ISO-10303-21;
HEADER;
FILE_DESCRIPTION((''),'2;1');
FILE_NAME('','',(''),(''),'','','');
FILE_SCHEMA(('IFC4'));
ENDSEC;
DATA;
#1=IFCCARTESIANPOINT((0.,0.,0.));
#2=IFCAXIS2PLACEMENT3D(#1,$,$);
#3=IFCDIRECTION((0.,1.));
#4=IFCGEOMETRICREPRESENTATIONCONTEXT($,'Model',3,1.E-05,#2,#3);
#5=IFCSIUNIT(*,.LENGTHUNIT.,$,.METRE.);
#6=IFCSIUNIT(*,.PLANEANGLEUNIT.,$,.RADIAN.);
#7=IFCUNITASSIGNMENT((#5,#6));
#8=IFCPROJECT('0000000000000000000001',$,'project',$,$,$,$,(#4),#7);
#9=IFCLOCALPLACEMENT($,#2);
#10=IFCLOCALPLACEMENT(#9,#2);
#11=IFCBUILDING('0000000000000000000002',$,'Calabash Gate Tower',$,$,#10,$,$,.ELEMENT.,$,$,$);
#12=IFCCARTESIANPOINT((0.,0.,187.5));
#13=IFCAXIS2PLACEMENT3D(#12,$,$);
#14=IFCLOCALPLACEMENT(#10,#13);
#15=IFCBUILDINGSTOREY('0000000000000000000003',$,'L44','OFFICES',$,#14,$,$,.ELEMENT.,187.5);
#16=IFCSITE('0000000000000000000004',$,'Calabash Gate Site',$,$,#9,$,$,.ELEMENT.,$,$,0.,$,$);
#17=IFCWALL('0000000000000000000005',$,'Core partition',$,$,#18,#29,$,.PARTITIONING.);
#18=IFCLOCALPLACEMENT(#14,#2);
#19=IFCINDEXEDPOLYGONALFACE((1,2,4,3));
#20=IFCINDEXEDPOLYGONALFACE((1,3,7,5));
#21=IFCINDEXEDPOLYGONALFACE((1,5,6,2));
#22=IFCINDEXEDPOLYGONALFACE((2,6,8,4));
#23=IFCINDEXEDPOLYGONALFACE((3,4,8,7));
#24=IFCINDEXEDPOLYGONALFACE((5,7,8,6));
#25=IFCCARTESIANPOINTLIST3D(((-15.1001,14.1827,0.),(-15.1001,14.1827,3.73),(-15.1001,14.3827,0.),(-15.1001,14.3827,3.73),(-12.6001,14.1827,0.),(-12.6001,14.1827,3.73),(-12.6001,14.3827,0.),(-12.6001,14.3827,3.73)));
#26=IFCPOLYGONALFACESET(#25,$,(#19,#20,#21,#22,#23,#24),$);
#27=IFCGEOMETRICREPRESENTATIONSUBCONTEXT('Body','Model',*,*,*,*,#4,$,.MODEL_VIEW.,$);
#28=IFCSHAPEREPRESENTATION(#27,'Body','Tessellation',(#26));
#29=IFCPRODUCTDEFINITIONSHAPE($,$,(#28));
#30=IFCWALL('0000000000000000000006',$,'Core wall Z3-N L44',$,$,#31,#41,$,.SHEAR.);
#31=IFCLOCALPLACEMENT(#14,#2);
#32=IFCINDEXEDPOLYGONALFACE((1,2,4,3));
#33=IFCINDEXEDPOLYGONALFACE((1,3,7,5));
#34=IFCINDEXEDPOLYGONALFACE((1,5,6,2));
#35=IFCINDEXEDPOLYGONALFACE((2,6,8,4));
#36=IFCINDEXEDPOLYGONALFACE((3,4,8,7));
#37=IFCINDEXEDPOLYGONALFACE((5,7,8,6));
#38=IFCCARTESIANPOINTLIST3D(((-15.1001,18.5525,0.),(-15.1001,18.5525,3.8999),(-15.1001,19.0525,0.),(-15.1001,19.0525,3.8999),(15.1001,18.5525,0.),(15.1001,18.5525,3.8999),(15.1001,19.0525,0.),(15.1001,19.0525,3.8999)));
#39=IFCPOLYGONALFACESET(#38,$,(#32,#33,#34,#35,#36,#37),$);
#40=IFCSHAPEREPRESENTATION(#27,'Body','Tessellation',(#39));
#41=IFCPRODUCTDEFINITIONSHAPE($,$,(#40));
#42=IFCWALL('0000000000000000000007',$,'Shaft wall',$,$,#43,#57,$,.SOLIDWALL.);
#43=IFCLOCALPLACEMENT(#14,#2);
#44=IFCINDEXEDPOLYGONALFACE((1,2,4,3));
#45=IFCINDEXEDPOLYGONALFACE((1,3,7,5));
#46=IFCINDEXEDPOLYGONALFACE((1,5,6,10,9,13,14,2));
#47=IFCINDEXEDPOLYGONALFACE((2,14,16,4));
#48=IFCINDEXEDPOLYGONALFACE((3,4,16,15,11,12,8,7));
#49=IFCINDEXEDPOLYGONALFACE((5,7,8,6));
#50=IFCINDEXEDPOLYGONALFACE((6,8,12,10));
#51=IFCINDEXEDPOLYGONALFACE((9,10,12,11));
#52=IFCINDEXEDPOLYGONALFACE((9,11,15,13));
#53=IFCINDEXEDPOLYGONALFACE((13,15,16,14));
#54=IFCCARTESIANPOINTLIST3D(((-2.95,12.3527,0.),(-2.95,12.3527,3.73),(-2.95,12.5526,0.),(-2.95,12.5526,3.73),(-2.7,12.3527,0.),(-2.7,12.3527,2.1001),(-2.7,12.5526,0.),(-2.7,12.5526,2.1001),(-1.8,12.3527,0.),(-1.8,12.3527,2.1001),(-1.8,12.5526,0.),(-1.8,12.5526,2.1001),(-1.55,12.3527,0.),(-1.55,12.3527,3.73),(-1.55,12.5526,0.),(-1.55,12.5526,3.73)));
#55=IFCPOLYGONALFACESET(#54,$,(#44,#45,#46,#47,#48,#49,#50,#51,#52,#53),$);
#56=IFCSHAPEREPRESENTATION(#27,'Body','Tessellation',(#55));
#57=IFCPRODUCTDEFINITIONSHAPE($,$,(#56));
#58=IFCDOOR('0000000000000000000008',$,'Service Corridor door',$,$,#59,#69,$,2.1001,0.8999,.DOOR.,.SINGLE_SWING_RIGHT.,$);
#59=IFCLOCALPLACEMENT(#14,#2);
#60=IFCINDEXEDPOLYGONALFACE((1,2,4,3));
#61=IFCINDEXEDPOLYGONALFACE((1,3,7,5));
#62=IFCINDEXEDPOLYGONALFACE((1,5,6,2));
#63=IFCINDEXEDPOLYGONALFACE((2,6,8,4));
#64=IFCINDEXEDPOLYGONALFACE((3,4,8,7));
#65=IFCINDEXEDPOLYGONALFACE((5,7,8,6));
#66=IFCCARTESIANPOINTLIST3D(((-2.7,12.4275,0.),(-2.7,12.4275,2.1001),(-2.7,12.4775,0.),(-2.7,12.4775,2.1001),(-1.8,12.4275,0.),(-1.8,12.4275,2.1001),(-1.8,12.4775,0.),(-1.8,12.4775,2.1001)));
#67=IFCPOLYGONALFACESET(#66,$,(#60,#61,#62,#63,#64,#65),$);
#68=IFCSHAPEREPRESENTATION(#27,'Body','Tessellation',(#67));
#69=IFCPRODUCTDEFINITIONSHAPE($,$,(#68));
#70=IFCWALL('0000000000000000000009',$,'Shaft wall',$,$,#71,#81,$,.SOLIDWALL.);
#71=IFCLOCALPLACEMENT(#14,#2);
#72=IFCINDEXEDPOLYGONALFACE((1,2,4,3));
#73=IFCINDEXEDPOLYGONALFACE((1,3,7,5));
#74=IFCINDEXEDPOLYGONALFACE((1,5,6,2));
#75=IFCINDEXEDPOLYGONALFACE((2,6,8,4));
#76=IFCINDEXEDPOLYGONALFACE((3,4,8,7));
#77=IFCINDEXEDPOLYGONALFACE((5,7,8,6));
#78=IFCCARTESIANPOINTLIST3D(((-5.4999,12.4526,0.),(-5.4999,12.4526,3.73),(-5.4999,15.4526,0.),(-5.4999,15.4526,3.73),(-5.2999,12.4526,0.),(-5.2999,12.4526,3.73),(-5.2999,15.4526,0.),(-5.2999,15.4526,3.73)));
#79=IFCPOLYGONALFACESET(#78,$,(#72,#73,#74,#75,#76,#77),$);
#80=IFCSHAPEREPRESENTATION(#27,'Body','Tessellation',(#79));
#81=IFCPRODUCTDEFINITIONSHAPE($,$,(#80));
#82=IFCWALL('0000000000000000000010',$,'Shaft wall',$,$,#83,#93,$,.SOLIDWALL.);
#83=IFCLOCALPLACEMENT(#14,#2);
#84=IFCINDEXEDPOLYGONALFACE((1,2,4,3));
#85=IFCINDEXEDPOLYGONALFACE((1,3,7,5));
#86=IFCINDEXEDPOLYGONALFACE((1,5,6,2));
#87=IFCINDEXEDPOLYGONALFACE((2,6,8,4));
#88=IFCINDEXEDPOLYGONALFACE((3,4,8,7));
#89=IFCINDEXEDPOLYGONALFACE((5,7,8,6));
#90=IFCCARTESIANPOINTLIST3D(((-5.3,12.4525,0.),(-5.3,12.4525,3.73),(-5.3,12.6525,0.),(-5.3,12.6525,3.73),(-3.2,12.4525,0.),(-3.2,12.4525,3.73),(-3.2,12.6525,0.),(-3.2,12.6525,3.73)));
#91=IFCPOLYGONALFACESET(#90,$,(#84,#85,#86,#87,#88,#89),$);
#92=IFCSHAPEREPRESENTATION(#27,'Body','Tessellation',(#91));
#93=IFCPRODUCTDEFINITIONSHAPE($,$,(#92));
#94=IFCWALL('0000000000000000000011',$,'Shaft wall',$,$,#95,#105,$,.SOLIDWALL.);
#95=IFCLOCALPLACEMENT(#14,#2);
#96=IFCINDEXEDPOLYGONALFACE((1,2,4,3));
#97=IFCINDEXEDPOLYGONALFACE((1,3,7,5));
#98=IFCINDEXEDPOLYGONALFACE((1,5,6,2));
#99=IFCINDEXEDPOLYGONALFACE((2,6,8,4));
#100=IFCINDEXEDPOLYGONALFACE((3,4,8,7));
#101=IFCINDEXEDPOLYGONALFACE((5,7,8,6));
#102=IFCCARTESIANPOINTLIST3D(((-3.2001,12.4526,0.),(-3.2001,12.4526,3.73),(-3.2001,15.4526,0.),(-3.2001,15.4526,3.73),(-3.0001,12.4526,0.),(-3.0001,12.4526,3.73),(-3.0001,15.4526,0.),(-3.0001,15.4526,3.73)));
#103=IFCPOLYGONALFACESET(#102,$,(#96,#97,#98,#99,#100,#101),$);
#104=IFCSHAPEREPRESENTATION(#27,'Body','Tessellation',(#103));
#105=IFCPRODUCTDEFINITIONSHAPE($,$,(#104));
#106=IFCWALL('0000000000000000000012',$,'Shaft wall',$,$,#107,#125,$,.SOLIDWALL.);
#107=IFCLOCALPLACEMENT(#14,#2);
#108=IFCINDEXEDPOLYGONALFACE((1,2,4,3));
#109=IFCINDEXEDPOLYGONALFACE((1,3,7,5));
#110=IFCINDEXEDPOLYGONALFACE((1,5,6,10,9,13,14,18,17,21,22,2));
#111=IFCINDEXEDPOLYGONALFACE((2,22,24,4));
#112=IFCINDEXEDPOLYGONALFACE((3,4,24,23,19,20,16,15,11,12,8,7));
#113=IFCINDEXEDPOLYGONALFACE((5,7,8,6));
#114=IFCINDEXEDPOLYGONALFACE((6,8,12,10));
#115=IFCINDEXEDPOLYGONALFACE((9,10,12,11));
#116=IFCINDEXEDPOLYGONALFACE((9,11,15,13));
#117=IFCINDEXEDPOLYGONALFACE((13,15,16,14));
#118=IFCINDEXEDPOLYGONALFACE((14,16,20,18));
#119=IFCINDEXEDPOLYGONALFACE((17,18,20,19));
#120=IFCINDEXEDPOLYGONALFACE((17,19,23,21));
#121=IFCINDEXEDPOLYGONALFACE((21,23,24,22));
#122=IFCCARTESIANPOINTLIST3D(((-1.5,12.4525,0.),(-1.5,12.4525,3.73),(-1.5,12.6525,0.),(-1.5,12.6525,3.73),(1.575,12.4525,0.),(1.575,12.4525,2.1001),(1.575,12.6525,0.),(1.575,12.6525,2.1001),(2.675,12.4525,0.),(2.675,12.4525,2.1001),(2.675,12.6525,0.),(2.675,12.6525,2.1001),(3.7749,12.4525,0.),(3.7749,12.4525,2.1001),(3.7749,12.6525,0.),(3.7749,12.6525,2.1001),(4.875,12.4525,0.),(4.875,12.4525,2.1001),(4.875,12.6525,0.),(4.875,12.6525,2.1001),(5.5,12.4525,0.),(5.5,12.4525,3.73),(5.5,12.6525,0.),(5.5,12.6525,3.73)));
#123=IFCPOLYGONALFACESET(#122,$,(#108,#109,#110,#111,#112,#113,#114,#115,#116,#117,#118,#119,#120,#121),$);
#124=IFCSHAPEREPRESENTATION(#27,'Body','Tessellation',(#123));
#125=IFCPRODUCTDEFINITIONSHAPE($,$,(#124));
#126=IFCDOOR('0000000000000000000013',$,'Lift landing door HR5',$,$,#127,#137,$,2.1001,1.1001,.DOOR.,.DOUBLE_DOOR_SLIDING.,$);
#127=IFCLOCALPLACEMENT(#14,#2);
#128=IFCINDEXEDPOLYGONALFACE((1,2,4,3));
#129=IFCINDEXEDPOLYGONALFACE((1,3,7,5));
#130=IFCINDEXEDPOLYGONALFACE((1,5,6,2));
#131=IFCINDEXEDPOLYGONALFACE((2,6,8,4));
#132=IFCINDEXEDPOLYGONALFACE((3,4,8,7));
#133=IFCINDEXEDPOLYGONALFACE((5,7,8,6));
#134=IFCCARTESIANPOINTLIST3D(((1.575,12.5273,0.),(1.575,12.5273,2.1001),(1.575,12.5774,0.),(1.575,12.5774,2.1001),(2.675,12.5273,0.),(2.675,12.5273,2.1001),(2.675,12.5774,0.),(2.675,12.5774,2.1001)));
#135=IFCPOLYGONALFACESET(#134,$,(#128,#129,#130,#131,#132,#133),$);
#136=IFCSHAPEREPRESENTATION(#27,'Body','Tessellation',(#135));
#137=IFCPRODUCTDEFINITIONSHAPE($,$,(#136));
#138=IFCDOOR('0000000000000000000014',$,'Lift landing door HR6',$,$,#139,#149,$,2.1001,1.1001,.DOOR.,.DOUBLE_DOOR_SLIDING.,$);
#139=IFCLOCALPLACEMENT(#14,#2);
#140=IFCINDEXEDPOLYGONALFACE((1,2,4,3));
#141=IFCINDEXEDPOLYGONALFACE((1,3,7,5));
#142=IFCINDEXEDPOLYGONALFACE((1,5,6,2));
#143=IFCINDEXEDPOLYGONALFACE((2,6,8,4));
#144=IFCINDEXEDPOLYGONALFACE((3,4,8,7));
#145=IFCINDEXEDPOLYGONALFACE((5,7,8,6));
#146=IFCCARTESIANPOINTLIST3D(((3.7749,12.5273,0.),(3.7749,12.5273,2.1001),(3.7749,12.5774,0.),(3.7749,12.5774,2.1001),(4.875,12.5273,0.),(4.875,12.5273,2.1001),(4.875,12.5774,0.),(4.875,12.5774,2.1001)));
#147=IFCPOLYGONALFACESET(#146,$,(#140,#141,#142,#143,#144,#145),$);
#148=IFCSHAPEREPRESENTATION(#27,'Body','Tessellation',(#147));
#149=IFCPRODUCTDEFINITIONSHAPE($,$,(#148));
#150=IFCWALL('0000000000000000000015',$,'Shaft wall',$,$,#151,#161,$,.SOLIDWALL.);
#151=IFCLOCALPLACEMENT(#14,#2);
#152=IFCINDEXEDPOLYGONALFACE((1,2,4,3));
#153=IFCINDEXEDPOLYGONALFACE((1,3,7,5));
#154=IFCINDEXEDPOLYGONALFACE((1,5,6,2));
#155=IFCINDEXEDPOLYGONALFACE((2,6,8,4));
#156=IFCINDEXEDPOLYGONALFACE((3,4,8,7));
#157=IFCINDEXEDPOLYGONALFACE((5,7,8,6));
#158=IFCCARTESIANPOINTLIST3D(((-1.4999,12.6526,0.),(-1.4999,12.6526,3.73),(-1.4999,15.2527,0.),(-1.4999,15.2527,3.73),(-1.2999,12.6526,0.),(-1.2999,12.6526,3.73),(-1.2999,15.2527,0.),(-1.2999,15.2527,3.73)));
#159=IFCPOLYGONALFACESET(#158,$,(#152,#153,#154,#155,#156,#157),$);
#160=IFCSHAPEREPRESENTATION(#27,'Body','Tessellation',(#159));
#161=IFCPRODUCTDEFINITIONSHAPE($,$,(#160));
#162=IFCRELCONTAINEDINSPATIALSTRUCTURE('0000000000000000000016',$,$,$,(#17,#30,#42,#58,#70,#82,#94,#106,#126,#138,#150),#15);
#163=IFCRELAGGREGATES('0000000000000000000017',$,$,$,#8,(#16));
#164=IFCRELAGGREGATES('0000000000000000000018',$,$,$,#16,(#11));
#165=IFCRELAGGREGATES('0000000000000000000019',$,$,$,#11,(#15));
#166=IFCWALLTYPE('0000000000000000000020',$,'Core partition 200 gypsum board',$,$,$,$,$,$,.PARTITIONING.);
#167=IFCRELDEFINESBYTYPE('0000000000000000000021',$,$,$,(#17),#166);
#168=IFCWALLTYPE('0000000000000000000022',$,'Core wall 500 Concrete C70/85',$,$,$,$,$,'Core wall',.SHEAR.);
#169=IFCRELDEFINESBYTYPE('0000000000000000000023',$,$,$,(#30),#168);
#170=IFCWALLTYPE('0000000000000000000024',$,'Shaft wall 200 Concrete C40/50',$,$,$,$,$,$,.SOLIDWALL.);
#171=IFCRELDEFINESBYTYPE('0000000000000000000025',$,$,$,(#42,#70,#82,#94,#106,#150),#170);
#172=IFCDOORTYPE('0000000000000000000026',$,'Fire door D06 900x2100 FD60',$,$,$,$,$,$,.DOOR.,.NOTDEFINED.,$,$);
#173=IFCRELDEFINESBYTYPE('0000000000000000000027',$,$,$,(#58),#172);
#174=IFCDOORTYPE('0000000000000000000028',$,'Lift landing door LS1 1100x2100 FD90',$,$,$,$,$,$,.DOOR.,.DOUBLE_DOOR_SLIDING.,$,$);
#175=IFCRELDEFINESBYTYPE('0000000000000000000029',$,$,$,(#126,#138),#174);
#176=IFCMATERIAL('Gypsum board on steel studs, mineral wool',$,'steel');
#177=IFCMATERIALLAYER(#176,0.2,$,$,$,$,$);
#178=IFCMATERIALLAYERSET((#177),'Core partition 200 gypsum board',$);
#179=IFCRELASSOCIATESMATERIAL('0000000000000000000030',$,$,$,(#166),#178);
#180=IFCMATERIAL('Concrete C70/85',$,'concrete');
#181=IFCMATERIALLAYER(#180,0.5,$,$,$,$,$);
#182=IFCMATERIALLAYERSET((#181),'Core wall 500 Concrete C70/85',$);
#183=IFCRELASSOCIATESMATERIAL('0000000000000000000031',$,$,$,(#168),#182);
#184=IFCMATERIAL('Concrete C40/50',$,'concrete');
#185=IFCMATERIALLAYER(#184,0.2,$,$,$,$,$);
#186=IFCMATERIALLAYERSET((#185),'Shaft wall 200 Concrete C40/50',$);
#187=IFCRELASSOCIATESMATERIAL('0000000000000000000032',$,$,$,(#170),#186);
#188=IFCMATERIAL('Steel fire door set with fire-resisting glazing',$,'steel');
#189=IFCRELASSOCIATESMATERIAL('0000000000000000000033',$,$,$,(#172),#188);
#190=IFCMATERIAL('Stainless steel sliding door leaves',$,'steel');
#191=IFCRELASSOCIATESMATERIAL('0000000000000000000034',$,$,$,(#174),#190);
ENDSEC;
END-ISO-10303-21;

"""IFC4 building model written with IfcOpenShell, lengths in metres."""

from ifc_helpers import new_model, si_unit, direction, frame, frame_2d, origin, place, context, subcontext, project, spatial, rectangle, extrude, material, layer, layer_set, type_object, element, fill, save


model = new_model("IFC4")

# Units and contexts
model_context = context("Model", 3, precision=1e-05, world=origin(), true_north=direction((0.0, 1.0)))
body_context = subcontext(model_context, "Body", "Model", "MODEL_VIEW")
ifc_project = project(units=[si_unit("LENGTHUNIT", "METRE"), si_unit("PLANEANGLEUNIT", "RADIAN")], contexts=[model_context])

# Site, building, storey
site_placement = place(None, origin())
site = spatial("IfcSite", under=ifc_project, at=site_placement, Name="Calabash Gate Site", CompositionType="ELEMENT", RefElevation=0.0)
building_placement = place(site_placement, origin())
building = spatial("IfcBuilding", under=site, at=building_placement, Name="Calabash Gate Tower", CompositionType="ELEMENT")
storey_placement = place(building_placement, frame((0.0, 0.0, 187.5)))
storey = spatial("IfcBuildingStorey", under=building, at=storey_placement, Name="L44", Description="OFFICES", CompositionType="ELEMENT", Elevation=187.5)

# Walls
ifc_material_1 = material(Name="Gypsum board on steel studs, mineral wool", Category="steel")
ifc_layer_1 = layer(ifc_material_1, 0.2)
ifc_layer_set_1 = layer_set([ifc_layer_1], Name="Core partition 200 gypsum board")
wall_type_1 = type_object("IfcWallType", Name="Core partition 200 gypsum board", PredefinedType="PARTITIONING", material=ifc_layer_set_1)
wall_1_placement = place(storey_placement, frame((-15.1001, 14.2827, 0.0), z_axis=(0.0, 0.0, 1.0), x_axis=(1.0, 0.0, 0.0)))
element("IfcWall", 1, at=wall_1_placement, inside=storey, type_object=wall_type_1, Name="Core partition", PredefinedType="PARTITIONING", context=body_context, shape_type="SweptSolid", body=[
    extrude(rectangle(XDim=2.5, YDim=0.2, at=frame_2d((1.25, 0.0))), origin(), (0.0, 0.0, 1.0), 3.73),
])
ifc_material_2 = material(Name="Concrete C70/85", Category="concrete")
ifc_layer_2 = layer(ifc_material_2, 0.5)
ifc_layer_set_2 = layer_set([ifc_layer_2], Name="Core wall 500 Concrete C70/85")
wall_type_2 = type_object("IfcWallType", Name="Core wall 500 Concrete C70/85", ElementType="Core wall", PredefinedType="SHEAR", material=ifc_layer_set_2)
wall_2_placement = place(storey_placement, frame((-15.1001, 18.8025, 0.0), z_axis=(0.0, 0.0, 1.0), x_axis=(1.0, 0.0, 0.0)))
element("IfcWall", 2, at=wall_2_placement, inside=storey, type_object=wall_type_2, Name="Core wall Z3-N L44", PredefinedType="SHEAR", context=body_context, shape_type="SweptSolid", body=[
    extrude(rectangle(XDim=30.2002, YDim=0.5, at=frame_2d((15.1001, 0.0))), origin(), (0.0, 0.0, 1.0), 3.8999),
])

# Wall, opening, door
ifc_material_3 = material(Name="Concrete C40/50", Category="concrete")
ifc_layer_3 = layer(ifc_material_3, 0.2)
ifc_layer_set_3 = layer_set([ifc_layer_3], Name="Shaft wall 200 Concrete C40/50")
wall_type_3 = type_object("IfcWallType", Name="Shaft wall 200 Concrete C40/50", PredefinedType="SOLIDWALL", material=ifc_layer_set_3)
wall_3_placement = place(storey_placement, frame((-2.95, 12.4526, 0.0), z_axis=(0.0, 0.0, 1.0), x_axis=(1.0, 0.0, 0.0)))
wall_3 = element("IfcWall", 3, at=wall_3_placement, inside=storey, type_object=wall_type_3, Name="Shaft wall", PredefinedType="SOLIDWALL", context=body_context, shape_type="SweptSolid", body=[
    extrude(rectangle(XDim=1.3999, YDim=0.2, at=frame_2d((0.7, 0.0))), origin(), (0.0, 0.0, 1.0), 3.73),
])
opening_1_placement = place(wall_3_placement, frame((0.25, 0.0, 0.0)))
opening_1 = element("IfcOpeningElement", 4, at=opening_1_placement, cuts=wall_3, PredefinedType="OPENING", context=body_context, shape_type="SweptSolid", body=[
    extrude(rectangle(XDim=0.8999, YDim=2.1001, at=frame_2d((0.45, 1.05))), frame((0.0, 0.1099, 0.0), z_axis=(0.0, -1.0, 0.0), x_axis=(1.0, 0.0, 0.0)), (0.0, 0.0, 1.0), 0.22),
])
ifc_material_4 = material(Name="Steel fire door set with fire-resisting glazing", Category="steel")
door_type_1 = type_object("IfcDoorType", Name="Fire door D06 900x2100 FD60", OperationType="NOTDEFINED", PredefinedType="DOOR", material=ifc_material_4)
door_1_placement = place(opening_1_placement, origin())
door_1 = element("IfcDoor", 5, at=door_1_placement, inside=storey, type_object=door_type_1, Name="Service Corridor door", OperationType="SINGLE_SWING_RIGHT", OverallHeight=2.1001, OverallWidth=0.8999, PredefinedType="DOOR", context=body_context, shape_type="SweptSolid", body=[
    extrude(rectangle(XDim=0.8999, YDim=2.1001, at=frame_2d((0.45, 1.05))), frame((0.0, 0.0249, 0.0), z_axis=(0.0, -1.0, 0.0), x_axis=(1.0, 0.0, 0.0)), (0.0, 0.0, 1.0), 0.05),
])
fill(opening_1, door_1)

# Walls
wall_4_placement = place(storey_placement, frame((-5.3999, 12.4526, 0.0), z_axis=(0.0, 0.0, 1.0), x_axis=(0.0, 1.0, 0.0)))
element("IfcWall", 6, at=wall_4_placement, inside=storey, type_object=wall_type_3, Name="Shaft wall", PredefinedType="SOLIDWALL", context=body_context, shape_type="SweptSolid", body=[
    extrude(rectangle(XDim=3.0, YDim=0.2, at=frame_2d((1.5, 0.0))), origin(), (0.0, 0.0, 1.0), 3.73),
])
wall_5_placement = place(storey_placement, frame((-5.3, 12.5525, 0.0), z_axis=(0.0, 0.0, 1.0), x_axis=(1.0, 0.0, 0.0)))
element("IfcWall", 7, at=wall_5_placement, inside=storey, type_object=wall_type_3, Name="Shaft wall", PredefinedType="SOLIDWALL", context=body_context, shape_type="SweptSolid", body=[
    extrude(rectangle(XDim=2.1001, YDim=0.2, at=frame_2d((1.05, 0.0))), origin(), (0.0, 0.0, 1.0), 3.73),
])
wall_6_placement = place(storey_placement, frame((-3.1001, 12.4526, 0.0), z_axis=(0.0, 0.0, 1.0), x_axis=(0.0, 1.0, 0.0)))
element("IfcWall", 8, at=wall_6_placement, inside=storey, type_object=wall_type_3, Name="Shaft wall", PredefinedType="SOLIDWALL", context=body_context, shape_type="SweptSolid", body=[
    extrude(rectangle(XDim=3.0, YDim=0.2, at=frame_2d((1.5, 0.0))), origin(), (0.0, 0.0, 1.0), 3.73),
])

# Wall, openings, doors
wall_7_placement = place(storey_placement, frame((-1.5, 12.5525, 0.0), z_axis=(0.0, 0.0, 1.0), x_axis=(1.0, 0.0, 0.0)))
wall_7 = element("IfcWall", 9, at=wall_7_placement, inside=storey, type_object=wall_type_3, Name="Shaft wall", PredefinedType="SOLIDWALL", context=body_context, shape_type="SweptSolid", body=[
    extrude(rectangle(XDim=7.0, YDim=0.2, at=frame_2d((3.5, 0.0))), origin(), (0.0, 0.0, 1.0), 3.73),
])
opening_2_placement = place(wall_7_placement, frame((3.075, 0.0, 0.0)))
opening_2 = element("IfcOpeningElement", 10, at=opening_2_placement, cuts=wall_7, PredefinedType="OPENING", context=body_context, shape_type="SweptSolid", body=[
    extrude(rectangle(XDim=1.1001, YDim=2.1001, at=frame_2d((0.55, 1.05))), frame((0.0, 0.1099, 0.0), z_axis=(0.0, -1.0, 0.0), x_axis=(1.0, 0.0, 0.0)), (0.0, 0.0, 1.0), 0.22),
])
opening_3_placement = place(wall_7_placement, frame((5.2749, 0.0, 0.0)))
opening_3 = element("IfcOpeningElement", 11, at=opening_3_placement, cuts=wall_7, PredefinedType="OPENING", context=body_context, shape_type="SweptSolid", body=[
    extrude(rectangle(XDim=1.1001, YDim=2.1001, at=frame_2d((0.55, 1.05))), frame((0.0, 0.1099, 0.0), z_axis=(0.0, -1.0, 0.0), x_axis=(1.0, 0.0, 0.0)), (0.0, 0.0, 1.0), 0.22),
])
ifc_material_5 = material(Name="Stainless steel sliding door leaves", Category="steel")
door_type_2 = type_object("IfcDoorType", Name="Lift landing door LS1 1100x2100 FD90", OperationType="DOUBLE_DOOR_SLIDING", PredefinedType="DOOR", material=ifc_material_5)
door_2_placement = place(opening_2_placement, origin())
door_2 = element("IfcDoor", 12, at=door_2_placement, inside=storey, type_object=door_type_2, Name="Lift landing door HR5", OperationType="DOUBLE_DOOR_SLIDING", OverallHeight=2.1001, OverallWidth=1.1001, PredefinedType="DOOR", context=body_context, shape_type="SweptSolid", body=[
    extrude(rectangle(XDim=1.1001, YDim=2.1001, at=frame_2d((0.55, 1.05))), frame((0.0, 0.0249, 0.0), z_axis=(0.0, -1.0, 0.0), x_axis=(1.0, 0.0, 0.0)), (0.0, 0.0, 1.0), 0.05),
])
fill(opening_2, door_2)
door_3_placement = place(opening_3_placement, origin())
door_3 = element("IfcDoor", 13, at=door_3_placement, inside=storey, type_object=door_type_2, Name="Lift landing door HR6", OperationType="DOUBLE_DOOR_SLIDING", OverallHeight=2.1001, OverallWidth=1.1001, PredefinedType="DOOR", context=body_context, shape_type="SweptSolid", body=[
    extrude(rectangle(XDim=1.1001, YDim=2.1001, at=frame_2d((0.55, 1.05))), frame((0.0, 0.0249, 0.0), z_axis=(0.0, -1.0, 0.0), x_axis=(1.0, 0.0, 0.0)), (0.0, 0.0, 1.0), 0.05),
])
fill(opening_3, door_3)

# Wall
wall_8_placement = place(storey_placement, frame((-1.3999, 12.6526, 0.0), z_axis=(0.0, 0.0, 1.0), x_axis=(0.0, 1.0, 0.0)))
element("IfcWall", 14, at=wall_8_placement, inside=storey, type_object=wall_type_3, Name="Shaft wall", PredefinedType="SOLIDWALL", context=body_context, shape_type="SweptSolid", body=[
    extrude(rectangle(XDim=2.6001, YDim=0.2, at=frame_2d((1.3, 0.0))), origin(), (0.0, 0.0, 1.0), 3.73),
])

save(model, "model.ifc")
